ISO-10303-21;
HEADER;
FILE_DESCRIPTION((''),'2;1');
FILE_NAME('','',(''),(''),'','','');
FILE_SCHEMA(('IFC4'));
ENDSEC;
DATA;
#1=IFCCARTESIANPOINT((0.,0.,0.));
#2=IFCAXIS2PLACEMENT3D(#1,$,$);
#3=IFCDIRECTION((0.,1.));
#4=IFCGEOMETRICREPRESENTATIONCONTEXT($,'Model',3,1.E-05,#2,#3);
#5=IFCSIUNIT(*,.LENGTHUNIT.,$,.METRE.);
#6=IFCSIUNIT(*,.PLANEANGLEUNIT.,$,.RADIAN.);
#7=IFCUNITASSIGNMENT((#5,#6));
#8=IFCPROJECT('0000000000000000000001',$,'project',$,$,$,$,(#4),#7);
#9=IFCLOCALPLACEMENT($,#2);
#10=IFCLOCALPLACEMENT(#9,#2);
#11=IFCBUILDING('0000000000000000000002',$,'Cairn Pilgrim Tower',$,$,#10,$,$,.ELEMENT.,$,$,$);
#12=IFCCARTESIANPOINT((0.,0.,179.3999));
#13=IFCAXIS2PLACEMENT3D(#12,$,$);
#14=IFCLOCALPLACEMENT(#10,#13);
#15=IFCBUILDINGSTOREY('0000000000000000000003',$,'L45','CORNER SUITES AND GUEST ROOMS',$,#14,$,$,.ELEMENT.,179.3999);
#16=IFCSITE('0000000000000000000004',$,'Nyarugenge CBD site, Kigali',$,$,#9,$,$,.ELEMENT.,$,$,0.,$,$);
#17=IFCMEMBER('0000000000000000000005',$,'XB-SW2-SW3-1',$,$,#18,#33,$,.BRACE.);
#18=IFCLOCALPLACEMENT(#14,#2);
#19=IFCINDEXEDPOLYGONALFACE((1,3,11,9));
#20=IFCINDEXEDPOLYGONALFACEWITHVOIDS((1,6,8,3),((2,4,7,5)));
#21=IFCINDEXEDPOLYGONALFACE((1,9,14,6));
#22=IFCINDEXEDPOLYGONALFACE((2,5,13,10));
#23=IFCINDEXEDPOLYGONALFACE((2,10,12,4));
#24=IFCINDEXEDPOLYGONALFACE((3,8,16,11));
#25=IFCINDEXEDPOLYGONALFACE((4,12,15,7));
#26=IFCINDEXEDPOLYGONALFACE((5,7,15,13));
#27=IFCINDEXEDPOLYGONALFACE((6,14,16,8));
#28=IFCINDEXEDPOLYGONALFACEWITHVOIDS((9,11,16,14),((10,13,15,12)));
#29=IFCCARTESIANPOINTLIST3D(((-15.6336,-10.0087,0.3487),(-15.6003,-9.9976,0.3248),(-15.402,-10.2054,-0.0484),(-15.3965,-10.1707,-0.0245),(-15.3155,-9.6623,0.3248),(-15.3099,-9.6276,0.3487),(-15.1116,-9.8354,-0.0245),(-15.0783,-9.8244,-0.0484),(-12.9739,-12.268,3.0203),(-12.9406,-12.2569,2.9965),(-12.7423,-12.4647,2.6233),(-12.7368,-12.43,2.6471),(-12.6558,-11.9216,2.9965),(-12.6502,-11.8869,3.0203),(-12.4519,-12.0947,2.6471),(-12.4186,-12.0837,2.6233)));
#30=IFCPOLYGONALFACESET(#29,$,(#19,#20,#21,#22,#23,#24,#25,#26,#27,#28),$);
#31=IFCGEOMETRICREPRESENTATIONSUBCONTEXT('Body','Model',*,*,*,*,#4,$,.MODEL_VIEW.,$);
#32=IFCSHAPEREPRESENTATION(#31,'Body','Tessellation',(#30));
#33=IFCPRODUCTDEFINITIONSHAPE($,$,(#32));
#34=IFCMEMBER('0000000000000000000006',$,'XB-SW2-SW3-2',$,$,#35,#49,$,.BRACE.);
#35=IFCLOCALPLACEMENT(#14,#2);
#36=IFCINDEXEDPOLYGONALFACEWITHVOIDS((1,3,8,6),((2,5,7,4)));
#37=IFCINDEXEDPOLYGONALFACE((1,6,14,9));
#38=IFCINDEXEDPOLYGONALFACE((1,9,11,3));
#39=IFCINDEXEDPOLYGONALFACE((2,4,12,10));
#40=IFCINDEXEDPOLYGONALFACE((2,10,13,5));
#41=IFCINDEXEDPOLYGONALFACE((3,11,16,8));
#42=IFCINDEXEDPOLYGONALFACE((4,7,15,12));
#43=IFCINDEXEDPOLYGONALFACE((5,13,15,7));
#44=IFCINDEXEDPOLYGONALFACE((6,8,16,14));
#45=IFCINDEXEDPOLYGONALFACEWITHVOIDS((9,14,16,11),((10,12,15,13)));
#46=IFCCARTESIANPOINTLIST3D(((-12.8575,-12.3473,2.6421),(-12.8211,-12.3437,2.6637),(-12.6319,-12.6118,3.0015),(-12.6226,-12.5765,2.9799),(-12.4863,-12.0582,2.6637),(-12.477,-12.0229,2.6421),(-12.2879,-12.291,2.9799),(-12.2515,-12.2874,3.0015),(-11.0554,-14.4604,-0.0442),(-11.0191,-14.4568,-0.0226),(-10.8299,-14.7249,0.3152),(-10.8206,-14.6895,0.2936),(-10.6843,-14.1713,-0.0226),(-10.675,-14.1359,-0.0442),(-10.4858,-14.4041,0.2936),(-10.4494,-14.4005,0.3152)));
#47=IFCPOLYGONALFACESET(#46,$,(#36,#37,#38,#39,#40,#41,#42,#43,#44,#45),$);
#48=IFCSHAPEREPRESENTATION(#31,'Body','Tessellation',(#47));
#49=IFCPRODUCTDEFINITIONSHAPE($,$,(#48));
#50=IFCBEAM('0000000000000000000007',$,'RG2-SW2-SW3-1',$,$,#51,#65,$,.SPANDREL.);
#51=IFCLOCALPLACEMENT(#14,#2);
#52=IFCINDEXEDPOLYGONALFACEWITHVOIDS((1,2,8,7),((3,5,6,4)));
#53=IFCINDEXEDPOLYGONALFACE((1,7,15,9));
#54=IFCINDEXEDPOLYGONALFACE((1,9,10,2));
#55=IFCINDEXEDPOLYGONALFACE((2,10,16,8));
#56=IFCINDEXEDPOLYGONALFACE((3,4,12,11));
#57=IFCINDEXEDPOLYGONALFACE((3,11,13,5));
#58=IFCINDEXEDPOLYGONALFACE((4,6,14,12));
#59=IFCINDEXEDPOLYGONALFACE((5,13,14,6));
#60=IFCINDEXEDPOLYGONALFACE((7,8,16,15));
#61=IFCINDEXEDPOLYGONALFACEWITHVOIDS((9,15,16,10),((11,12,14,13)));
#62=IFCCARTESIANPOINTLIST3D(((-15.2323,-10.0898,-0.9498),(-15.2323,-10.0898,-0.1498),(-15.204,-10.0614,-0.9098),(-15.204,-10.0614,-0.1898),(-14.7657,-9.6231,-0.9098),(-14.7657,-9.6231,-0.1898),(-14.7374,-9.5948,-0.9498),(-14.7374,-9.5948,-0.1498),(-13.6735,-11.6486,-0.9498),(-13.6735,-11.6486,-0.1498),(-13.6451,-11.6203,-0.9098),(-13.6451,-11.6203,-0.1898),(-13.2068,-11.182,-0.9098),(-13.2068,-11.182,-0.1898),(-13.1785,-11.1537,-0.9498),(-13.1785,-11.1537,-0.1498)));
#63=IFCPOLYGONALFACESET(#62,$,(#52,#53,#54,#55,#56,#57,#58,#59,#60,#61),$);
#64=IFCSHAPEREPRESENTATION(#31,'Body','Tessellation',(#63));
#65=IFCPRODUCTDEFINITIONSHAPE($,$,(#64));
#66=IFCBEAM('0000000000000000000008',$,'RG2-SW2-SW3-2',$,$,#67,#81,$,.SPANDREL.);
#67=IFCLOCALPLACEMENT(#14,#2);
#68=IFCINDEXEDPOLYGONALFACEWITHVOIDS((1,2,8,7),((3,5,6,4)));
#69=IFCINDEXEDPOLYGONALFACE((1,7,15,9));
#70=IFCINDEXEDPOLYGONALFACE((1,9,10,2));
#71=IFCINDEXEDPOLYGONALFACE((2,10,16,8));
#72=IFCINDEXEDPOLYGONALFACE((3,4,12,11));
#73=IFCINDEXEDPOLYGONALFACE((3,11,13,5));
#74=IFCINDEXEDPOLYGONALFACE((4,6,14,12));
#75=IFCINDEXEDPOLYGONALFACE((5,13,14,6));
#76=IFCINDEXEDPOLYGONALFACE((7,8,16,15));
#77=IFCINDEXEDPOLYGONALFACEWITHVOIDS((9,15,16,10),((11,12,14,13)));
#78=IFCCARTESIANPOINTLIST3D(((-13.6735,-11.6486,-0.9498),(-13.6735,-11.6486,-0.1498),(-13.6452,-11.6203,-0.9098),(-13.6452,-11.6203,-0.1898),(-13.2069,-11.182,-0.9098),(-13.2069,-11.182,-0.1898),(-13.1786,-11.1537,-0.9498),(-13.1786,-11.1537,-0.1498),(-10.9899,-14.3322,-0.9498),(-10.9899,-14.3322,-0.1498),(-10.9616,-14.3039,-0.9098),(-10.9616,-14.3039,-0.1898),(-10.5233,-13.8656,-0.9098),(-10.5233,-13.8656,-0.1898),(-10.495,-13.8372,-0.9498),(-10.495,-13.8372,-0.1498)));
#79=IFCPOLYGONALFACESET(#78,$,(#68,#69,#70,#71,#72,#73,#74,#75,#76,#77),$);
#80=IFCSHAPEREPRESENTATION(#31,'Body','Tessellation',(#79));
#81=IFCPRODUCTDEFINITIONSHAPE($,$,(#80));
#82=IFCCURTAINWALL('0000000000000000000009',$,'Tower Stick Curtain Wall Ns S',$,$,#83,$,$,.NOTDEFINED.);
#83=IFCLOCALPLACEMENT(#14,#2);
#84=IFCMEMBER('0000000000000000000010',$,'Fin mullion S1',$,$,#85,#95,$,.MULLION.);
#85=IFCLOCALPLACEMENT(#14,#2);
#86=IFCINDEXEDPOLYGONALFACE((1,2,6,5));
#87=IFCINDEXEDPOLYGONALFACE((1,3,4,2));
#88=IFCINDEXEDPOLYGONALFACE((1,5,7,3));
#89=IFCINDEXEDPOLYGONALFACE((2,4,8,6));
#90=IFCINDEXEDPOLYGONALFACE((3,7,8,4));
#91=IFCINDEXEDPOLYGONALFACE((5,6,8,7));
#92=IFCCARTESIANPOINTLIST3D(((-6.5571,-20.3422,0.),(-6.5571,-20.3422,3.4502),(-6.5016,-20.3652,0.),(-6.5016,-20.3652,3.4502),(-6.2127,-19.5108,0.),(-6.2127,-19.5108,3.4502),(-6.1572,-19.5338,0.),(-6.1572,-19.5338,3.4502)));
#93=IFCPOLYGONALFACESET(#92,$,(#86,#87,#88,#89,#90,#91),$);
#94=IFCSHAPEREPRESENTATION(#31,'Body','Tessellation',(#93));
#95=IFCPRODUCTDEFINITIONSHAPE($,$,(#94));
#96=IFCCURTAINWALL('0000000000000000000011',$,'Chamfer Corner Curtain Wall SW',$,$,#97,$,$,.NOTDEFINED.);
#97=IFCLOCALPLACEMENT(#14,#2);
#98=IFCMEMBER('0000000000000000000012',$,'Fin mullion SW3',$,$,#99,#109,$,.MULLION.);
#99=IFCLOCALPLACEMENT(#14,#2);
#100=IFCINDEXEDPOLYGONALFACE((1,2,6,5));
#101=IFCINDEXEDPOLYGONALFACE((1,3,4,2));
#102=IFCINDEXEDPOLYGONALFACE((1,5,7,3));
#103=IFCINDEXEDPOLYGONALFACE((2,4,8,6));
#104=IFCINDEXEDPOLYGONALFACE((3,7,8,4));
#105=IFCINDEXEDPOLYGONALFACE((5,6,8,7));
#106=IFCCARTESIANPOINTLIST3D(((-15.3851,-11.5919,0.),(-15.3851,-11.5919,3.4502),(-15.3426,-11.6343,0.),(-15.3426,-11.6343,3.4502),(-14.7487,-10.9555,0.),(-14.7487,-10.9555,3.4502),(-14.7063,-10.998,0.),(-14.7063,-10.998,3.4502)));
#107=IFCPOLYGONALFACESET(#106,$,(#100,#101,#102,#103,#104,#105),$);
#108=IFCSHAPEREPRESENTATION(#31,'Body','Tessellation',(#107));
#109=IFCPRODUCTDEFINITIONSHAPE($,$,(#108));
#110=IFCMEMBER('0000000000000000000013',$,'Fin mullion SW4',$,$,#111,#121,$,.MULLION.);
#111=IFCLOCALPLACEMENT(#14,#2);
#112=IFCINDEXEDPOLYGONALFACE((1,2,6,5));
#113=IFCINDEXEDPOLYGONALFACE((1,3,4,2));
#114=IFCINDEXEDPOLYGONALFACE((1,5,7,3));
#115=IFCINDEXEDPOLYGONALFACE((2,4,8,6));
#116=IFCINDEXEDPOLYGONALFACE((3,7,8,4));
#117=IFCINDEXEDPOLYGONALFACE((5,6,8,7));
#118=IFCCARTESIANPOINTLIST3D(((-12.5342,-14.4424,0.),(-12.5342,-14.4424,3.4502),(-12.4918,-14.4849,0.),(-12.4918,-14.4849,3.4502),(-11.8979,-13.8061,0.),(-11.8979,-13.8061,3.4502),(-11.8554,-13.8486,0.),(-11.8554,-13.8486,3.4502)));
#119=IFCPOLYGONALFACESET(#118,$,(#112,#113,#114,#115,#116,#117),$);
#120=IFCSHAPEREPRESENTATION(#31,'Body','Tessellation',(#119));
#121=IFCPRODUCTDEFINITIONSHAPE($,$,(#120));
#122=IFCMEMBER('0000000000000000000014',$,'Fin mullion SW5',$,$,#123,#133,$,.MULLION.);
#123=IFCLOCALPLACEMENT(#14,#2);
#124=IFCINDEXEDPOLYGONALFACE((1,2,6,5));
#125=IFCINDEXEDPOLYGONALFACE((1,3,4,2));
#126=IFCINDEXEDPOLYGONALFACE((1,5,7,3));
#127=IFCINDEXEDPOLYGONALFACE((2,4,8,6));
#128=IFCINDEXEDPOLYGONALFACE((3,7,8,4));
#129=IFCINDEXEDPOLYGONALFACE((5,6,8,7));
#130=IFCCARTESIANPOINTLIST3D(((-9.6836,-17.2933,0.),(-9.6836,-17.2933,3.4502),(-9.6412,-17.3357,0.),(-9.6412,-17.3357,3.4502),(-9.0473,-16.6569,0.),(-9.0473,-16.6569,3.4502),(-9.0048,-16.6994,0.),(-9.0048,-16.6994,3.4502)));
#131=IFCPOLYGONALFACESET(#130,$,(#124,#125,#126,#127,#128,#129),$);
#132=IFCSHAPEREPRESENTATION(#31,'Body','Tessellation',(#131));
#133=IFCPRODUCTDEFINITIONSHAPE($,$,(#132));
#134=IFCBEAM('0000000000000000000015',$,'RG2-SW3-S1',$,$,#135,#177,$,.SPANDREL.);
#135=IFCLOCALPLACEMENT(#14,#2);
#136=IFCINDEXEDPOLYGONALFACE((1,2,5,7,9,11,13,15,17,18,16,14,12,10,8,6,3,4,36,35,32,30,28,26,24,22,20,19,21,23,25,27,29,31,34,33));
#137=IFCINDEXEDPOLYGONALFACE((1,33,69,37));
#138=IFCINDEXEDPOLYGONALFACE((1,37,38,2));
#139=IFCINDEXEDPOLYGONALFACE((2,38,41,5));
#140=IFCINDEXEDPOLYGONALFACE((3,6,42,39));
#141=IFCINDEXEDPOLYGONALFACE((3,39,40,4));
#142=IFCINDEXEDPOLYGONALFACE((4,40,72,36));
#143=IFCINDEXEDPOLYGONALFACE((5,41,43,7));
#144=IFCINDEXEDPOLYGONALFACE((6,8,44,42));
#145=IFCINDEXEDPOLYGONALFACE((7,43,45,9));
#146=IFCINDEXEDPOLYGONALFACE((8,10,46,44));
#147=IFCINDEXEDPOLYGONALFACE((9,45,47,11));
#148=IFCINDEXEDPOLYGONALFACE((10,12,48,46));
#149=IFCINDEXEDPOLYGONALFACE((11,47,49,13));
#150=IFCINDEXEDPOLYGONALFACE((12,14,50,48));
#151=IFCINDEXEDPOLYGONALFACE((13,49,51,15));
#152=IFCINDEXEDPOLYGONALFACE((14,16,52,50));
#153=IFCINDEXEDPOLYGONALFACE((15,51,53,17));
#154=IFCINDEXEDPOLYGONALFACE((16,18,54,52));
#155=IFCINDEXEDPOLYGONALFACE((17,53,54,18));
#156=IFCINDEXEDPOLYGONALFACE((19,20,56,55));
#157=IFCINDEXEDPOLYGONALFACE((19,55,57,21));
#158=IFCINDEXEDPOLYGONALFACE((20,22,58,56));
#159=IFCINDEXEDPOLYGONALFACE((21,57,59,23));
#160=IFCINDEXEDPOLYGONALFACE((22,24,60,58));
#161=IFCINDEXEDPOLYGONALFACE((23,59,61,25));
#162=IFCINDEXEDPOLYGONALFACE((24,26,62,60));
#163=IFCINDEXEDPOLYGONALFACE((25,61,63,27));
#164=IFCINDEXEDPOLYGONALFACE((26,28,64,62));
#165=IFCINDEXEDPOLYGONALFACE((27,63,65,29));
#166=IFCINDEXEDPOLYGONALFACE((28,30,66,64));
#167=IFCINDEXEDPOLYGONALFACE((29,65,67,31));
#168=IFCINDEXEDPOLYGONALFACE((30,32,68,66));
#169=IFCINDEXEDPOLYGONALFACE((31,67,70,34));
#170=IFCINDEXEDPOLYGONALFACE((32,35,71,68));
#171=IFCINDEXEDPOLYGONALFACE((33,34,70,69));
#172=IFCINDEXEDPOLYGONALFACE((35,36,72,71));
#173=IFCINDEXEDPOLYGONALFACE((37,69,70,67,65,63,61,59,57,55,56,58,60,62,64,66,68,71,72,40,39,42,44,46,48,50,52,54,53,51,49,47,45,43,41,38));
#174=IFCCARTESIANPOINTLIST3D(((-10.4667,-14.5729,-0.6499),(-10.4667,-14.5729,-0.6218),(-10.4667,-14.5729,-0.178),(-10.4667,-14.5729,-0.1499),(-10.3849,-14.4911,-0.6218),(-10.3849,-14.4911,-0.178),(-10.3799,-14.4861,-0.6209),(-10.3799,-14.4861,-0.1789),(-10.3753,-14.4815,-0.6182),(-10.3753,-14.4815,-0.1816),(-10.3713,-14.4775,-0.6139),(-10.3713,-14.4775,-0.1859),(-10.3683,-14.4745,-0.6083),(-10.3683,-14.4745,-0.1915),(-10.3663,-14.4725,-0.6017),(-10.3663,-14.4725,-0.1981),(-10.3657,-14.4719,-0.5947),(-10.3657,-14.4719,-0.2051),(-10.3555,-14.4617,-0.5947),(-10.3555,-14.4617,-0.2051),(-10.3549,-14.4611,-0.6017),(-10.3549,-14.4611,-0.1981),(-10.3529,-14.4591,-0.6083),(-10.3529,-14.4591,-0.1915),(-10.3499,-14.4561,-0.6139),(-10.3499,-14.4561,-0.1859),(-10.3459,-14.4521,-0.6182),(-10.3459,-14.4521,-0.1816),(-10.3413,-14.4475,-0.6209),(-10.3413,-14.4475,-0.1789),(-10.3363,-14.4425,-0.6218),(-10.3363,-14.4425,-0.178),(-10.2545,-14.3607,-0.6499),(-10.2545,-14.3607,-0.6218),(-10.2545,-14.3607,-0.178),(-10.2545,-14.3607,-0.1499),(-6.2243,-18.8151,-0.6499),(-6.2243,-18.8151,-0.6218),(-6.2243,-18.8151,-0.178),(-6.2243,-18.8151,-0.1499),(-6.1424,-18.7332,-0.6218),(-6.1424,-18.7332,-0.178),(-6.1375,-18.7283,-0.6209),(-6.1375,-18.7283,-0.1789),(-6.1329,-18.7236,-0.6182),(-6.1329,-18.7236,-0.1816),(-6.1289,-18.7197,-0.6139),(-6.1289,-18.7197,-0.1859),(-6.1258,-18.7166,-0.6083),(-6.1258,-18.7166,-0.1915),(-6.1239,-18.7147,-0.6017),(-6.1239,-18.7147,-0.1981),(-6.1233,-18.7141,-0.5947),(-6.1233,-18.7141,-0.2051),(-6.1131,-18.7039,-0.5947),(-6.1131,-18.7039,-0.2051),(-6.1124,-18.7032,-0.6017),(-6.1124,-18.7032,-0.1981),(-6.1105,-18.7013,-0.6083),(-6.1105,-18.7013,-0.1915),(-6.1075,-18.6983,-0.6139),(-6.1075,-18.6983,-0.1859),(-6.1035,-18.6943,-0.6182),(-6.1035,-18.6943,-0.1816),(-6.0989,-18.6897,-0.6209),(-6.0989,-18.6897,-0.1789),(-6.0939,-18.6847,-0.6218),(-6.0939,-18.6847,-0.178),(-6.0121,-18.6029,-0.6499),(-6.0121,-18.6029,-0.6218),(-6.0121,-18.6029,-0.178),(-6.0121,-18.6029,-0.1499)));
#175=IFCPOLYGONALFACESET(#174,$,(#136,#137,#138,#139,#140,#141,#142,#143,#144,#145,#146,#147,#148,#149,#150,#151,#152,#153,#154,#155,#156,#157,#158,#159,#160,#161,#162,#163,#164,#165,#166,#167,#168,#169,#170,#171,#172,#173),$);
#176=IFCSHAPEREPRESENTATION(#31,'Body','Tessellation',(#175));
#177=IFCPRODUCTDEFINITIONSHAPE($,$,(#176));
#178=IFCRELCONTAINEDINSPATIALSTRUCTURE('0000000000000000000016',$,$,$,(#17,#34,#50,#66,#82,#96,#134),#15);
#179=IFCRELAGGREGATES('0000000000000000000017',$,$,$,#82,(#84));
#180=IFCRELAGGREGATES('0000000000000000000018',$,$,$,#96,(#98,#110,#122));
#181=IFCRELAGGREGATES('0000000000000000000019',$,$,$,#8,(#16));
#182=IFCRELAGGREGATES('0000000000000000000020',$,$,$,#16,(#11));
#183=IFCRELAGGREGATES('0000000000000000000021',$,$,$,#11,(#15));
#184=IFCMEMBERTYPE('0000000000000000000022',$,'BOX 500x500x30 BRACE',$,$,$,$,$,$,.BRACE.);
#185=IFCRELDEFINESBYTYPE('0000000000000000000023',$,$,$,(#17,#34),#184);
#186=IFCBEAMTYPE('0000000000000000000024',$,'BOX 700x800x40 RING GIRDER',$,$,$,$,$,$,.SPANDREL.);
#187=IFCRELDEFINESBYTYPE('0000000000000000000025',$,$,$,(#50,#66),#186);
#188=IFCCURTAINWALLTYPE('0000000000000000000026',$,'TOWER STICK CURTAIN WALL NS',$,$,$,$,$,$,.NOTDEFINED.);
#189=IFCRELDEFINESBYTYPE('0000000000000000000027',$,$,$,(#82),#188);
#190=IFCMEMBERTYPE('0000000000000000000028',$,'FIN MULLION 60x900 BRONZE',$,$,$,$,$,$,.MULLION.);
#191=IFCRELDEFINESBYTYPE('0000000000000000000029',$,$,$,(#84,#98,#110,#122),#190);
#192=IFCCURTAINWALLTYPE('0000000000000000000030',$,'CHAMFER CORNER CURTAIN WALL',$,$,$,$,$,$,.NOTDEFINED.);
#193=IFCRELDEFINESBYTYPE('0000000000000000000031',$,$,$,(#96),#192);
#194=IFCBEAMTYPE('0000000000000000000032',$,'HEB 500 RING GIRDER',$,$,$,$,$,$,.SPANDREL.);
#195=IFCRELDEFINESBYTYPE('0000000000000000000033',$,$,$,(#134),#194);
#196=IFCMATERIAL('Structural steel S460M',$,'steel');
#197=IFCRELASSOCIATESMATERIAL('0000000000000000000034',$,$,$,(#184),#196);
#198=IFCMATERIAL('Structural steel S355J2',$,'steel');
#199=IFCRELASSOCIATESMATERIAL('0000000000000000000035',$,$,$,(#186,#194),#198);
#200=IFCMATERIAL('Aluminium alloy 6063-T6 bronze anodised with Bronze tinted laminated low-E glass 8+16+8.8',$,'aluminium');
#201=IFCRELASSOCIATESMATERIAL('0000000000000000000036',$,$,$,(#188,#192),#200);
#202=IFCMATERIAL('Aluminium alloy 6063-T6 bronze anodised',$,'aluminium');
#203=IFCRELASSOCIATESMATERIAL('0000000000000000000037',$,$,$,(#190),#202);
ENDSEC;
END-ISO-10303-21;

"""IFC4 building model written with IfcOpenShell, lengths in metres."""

from ifc_helpers import new_model, si_unit, direction, frame, origin, origin_2d, place, context, subcontext, project, spatial, rectangle, hollow_rectangle, i_section, extrude, material, material_profile, profile_set, type_object, element, aggregate, save


model = new_model("IFC4")

# Units and contexts
model_context = context("Model", 3, precision=1e-05, world=origin(), true_north=direction((0.0, 1.0)))
body_context = subcontext(model_context, "Body", "Model", "MODEL_VIEW")
ifc_project = project(units=[si_unit("LENGTHUNIT", "METRE"), si_unit("PLANEANGLEUNIT", "RADIAN")], contexts=[model_context])

# Site, building, storey
site_placement = place(None, origin())
site = spatial("IfcSite", under=ifc_project, at=site_placement, Name="Nyarugenge CBD site, Kigali", CompositionType="ELEMENT", RefElevation=0.0)
building_placement = place(site_placement, origin())
building = spatial("IfcBuilding", under=site, at=building_placement, Name="Cairn Pilgrim Tower", CompositionType="ELEMENT")
storey_placement = place(building_placement, frame((0.0, 0.0, 179.3999)))
storey = spatial("IfcBuildingStorey", under=building, at=storey_placement, Name="L45", Description="CORNER SUITES AND GUEST ROOMS", CompositionType="ELEMENT", Elevation=179.3999)

# Shared definitions
ifc_material_1 = material(Name="Structural steel S460M", Category="steel")

# Members
ifc_material_profile_1 = material_profile(ifc_material_1, hollow_rectangle(XDim=0.5, YDim=0.5, WallThickness=0.03, at=origin_2d()), Name="BOX 500x500x30")
ifc_profile_set_1 = profile_set([ifc_material_profile_1], Name="Structural steel S460M")
member_type_1 = type_object("IfcMemberType", Name="BOX 500x500x30 BRACE", PredefinedType="BRACE", material=ifc_profile_set_1)
member_1_placement = place(storey_placement, frame((-15.356, -9.9165, 0.1501), z_axis=(0.605162, -0.51406, 0.607883), x_axis=(0.647409, 0.762143, 0.0)))
element("IfcMember", 1, at=member_1_placement, inside=storey, type_object=member_type_1, Name="XB-SW2-SW3-1", PredefinedType="BRACE", context=body_context, shape_type="SweptSolid", body=[
    extrude(hollow_rectangle(XDim=0.5, YDim=0.5, WallThickness=0.03, at=origin_2d()), origin(), (0.0, 0.0, 1.0), 4.395),
])
member_2_placement = place(storey_placement, frame((-10.7524, -14.4304, 0.1355), z_axis=(-0.466392, 0.546894, 0.69526), x_axis=(-0.760886, -0.648885, 0.0)))
element("IfcMember", 2, at=member_2_placement, inside=storey, type_object=member_type_1, Name="XB-SW2-SW3-2", PredefinedType="BRACE", context=body_context, shape_type="SweptSolid", body=[
    extrude(hollow_rectangle(XDim=0.5, YDim=0.5, WallThickness=0.03, at=origin_2d()), origin(), (0.0, 0.0, 1.0), 3.8638),
])

# Beams
ifc_material_2 = material(Name="Structural steel S355J2", Category="steel")
ifc_material_profile_2 = material_profile(ifc_material_2, hollow_rectangle(XDim=0.7, YDim=0.8, WallThickness=0.04, at=origin_2d()), Name="BOX 700x800x40")
ifc_profile_set_2 = profile_set([ifc_material_profile_2], Name="Structural steel S355J2")
beam_type_1 = type_object("IfcBeamType", Name="BOX 700x800x40 RING GIRDER", PredefinedType="SPANDREL", material=ifc_profile_set_2)
beam_1_placement = place(storey_placement, frame((-14.9849, -9.8423, -0.5498), z_axis=(0.707107, -0.707107, 0.0), x_axis=(0.707107, 0.707107, 0.0)))
element("IfcBeam", 3, at=beam_1_placement, inside=storey, type_object=beam_type_1, Name="RG2-SW2-SW3-1", PredefinedType="SPANDREL", context=body_context, shape_type="SweptSolid", body=[
    extrude(hollow_rectangle(XDim=0.7, YDim=0.8, WallThickness=0.04, at=origin_2d()), origin(), (0.0, 0.0, 1.0), 2.2046),
])
beam_2_placement = place(storey_placement, frame((-13.426, -11.4011, -0.5498), z_axis=(0.707107, -0.707107, 0.0), x_axis=(0.707107, 0.707107, 0.0)))
element("IfcBeam", 4, at=beam_2_placement, inside=storey, type_object=beam_type_1, Name="RG2-SW2-SW3-2", PredefinedType="SPANDREL", context=body_context, shape_type="SweptSolid", body=[
    extrude(hollow_rectangle(XDim=0.7, YDim=0.8, WallThickness=0.04, at=origin_2d()), origin(), (0.0, 0.0, 1.0), 3.7952),
])

# Curtain wall, member
ifc_material_3 = material(Name="Aluminium alloy 6063-T6 bronze anodised with Bronze tinted laminated low-E glass 8+16+8.8", Category="aluminium")
curtain_wall_type_1 = type_object("IfcCurtainWallType", Name="TOWER STICK CURTAIN WALL NS", PredefinedType="NOTDEFINED", material=ifc_material_3)
curtain_wall_1_placement = place(storey_placement, origin())
curtain_wall_1 = element("IfcCurtainWall", 5, at=curtain_wall_1_placement, inside=storey, type_object=curtain_wall_type_1, Name="Tower Stick Curtain Wall Ns S", PredefinedType="NOTDEFINED")
ifc_material_4 = material(Name="Aluminium alloy 6063-T6 bronze anodised", Category="aluminium")
ifc_material_profile_3 = material_profile(ifc_material_4, rectangle(XDim=0.8999, YDim=0.0601, at=origin_2d()), Name="FIN MULLION 60x900 BRONZE")
ifc_profile_set_3 = profile_set([ifc_material_profile_3], Name="Aluminium alloy 6063-T6 bronze anodised")
member_type_2 = type_object("IfcMemberType", Name="FIN MULLION 60x900 BRONZE", PredefinedType="MULLION", material=ifc_profile_set_3)
member_3_placement = place(storey_placement, frame((-6.3572, -19.938, 0.0), z_axis=(0.0, 0.0, 1.0), x_axis=(-0.382683, -0.92388, 0.0)))
member_3 = element("IfcMember", 6, at=member_3_placement, type_object=member_type_2, Name="Fin mullion S1", PredefinedType="MULLION", context=body_context, shape_type="SweptSolid", body=[
    extrude(rectangle(XDim=0.8999, YDim=0.0601, at=origin_2d()), origin(), (0.0, 0.0, 1.0), 3.4502),
])

# Curtain wall, members
curtain_wall_type_2 = type_object("IfcCurtainWallType", Name="CHAMFER CORNER CURTAIN WALL", PredefinedType="NOTDEFINED", material=ifc_material_3)
curtain_wall_2_placement = place(storey_placement, origin())
curtain_wall_2 = element("IfcCurtainWall", 7, at=curtain_wall_2_placement, inside=storey, type_object=curtain_wall_type_2, Name="Chamfer Corner Curtain Wall SW", PredefinedType="NOTDEFINED")
member_4_placement = place(storey_placement, frame((-15.0457, -11.2949, 0.0), z_axis=(0.0, 0.0, 1.0), x_axis=(-0.707107, -0.707107, 0.0)))
member_4 = element("IfcMember", 8, at=member_4_placement, type_object=member_type_2, Name="Fin mullion SW3", PredefinedType="MULLION", context=body_context, shape_type="SweptSolid", body=[
    extrude(rectangle(XDim=0.8999, YDim=0.0601, at=origin_2d()), origin(), (0.0, 0.0, 1.0), 3.4502),
])
member_5_placement = place(storey_placement, frame((-12.1948, -14.1455, 0.0), z_axis=(0.0, 0.0, 1.0), x_axis=(-0.707107, -0.707107, 0.0)))
member_5 = element("IfcMember", 9, at=member_5_placement, type_object=member_type_2, Name="Fin mullion SW4", PredefinedType="MULLION", context=body_context, shape_type="SweptSolid", body=[
    extrude(rectangle(XDim=0.8999, YDim=0.0601, at=origin_2d()), origin(), (0.0, 0.0, 1.0), 3.4502),
])
member_6_placement = place(storey_placement, frame((-9.3442, -16.9963, 0.0), z_axis=(0.0, 0.0, 1.0), x_axis=(-0.707107, -0.707107, 0.0)))
member_6 = element("IfcMember", 10, at=member_6_placement, type_object=member_type_2, Name="Fin mullion SW5", PredefinedType="MULLION", context=body_context, shape_type="SweptSolid", body=[
    extrude(rectangle(XDim=0.8999, YDim=0.0601, at=origin_2d()), origin(), (0.0, 0.0, 1.0), 3.4502),
])

# Beam
ifc_material_profile_4 = material_profile(ifc_material_2, i_section(OverallWidth=0.3, OverallDepth=0.5, WebThickness=0.0144, FlangeThickness=0.0281, FilletRadius=0.0271, at=origin_2d()), Name="HEB 500")
ifc_profile_set_4 = profile_set([ifc_material_profile_4], Name="Structural steel S355J2")
beam_type_2 = type_object("IfcBeamType", Name="HEB 500 RING GIRDER", PredefinedType="SPANDREL", material=ifc_profile_set_4)
beam_3_placement = place(storey_placement, frame((-10.3606, -14.4668, -0.3999), z_axis=(0.707127, -0.707086, 0.0), x_axis=(0.707086, 0.707127, 0.0)))
element("IfcBeam", 11, at=beam_3_placement, inside=storey, type_object=beam_type_2, Name="RG2-SW3-S1", PredefinedType="SPANDREL", context=body_context, shape_type="SweptSolid", body=[
    extrude(i_section(OverallWidth=0.3, OverallDepth=0.5, WebThickness=0.0144, FlangeThickness=0.0281, FilletRadius=0.0271, at=origin_2d()), origin(), (0.0, 0.0, 1.0), 5.9995),
])

aggregate(curtain_wall_1, [member_3])

aggregate(curtain_wall_2, [member_4, member_5, member_6])

save(model, "model.ifc")
